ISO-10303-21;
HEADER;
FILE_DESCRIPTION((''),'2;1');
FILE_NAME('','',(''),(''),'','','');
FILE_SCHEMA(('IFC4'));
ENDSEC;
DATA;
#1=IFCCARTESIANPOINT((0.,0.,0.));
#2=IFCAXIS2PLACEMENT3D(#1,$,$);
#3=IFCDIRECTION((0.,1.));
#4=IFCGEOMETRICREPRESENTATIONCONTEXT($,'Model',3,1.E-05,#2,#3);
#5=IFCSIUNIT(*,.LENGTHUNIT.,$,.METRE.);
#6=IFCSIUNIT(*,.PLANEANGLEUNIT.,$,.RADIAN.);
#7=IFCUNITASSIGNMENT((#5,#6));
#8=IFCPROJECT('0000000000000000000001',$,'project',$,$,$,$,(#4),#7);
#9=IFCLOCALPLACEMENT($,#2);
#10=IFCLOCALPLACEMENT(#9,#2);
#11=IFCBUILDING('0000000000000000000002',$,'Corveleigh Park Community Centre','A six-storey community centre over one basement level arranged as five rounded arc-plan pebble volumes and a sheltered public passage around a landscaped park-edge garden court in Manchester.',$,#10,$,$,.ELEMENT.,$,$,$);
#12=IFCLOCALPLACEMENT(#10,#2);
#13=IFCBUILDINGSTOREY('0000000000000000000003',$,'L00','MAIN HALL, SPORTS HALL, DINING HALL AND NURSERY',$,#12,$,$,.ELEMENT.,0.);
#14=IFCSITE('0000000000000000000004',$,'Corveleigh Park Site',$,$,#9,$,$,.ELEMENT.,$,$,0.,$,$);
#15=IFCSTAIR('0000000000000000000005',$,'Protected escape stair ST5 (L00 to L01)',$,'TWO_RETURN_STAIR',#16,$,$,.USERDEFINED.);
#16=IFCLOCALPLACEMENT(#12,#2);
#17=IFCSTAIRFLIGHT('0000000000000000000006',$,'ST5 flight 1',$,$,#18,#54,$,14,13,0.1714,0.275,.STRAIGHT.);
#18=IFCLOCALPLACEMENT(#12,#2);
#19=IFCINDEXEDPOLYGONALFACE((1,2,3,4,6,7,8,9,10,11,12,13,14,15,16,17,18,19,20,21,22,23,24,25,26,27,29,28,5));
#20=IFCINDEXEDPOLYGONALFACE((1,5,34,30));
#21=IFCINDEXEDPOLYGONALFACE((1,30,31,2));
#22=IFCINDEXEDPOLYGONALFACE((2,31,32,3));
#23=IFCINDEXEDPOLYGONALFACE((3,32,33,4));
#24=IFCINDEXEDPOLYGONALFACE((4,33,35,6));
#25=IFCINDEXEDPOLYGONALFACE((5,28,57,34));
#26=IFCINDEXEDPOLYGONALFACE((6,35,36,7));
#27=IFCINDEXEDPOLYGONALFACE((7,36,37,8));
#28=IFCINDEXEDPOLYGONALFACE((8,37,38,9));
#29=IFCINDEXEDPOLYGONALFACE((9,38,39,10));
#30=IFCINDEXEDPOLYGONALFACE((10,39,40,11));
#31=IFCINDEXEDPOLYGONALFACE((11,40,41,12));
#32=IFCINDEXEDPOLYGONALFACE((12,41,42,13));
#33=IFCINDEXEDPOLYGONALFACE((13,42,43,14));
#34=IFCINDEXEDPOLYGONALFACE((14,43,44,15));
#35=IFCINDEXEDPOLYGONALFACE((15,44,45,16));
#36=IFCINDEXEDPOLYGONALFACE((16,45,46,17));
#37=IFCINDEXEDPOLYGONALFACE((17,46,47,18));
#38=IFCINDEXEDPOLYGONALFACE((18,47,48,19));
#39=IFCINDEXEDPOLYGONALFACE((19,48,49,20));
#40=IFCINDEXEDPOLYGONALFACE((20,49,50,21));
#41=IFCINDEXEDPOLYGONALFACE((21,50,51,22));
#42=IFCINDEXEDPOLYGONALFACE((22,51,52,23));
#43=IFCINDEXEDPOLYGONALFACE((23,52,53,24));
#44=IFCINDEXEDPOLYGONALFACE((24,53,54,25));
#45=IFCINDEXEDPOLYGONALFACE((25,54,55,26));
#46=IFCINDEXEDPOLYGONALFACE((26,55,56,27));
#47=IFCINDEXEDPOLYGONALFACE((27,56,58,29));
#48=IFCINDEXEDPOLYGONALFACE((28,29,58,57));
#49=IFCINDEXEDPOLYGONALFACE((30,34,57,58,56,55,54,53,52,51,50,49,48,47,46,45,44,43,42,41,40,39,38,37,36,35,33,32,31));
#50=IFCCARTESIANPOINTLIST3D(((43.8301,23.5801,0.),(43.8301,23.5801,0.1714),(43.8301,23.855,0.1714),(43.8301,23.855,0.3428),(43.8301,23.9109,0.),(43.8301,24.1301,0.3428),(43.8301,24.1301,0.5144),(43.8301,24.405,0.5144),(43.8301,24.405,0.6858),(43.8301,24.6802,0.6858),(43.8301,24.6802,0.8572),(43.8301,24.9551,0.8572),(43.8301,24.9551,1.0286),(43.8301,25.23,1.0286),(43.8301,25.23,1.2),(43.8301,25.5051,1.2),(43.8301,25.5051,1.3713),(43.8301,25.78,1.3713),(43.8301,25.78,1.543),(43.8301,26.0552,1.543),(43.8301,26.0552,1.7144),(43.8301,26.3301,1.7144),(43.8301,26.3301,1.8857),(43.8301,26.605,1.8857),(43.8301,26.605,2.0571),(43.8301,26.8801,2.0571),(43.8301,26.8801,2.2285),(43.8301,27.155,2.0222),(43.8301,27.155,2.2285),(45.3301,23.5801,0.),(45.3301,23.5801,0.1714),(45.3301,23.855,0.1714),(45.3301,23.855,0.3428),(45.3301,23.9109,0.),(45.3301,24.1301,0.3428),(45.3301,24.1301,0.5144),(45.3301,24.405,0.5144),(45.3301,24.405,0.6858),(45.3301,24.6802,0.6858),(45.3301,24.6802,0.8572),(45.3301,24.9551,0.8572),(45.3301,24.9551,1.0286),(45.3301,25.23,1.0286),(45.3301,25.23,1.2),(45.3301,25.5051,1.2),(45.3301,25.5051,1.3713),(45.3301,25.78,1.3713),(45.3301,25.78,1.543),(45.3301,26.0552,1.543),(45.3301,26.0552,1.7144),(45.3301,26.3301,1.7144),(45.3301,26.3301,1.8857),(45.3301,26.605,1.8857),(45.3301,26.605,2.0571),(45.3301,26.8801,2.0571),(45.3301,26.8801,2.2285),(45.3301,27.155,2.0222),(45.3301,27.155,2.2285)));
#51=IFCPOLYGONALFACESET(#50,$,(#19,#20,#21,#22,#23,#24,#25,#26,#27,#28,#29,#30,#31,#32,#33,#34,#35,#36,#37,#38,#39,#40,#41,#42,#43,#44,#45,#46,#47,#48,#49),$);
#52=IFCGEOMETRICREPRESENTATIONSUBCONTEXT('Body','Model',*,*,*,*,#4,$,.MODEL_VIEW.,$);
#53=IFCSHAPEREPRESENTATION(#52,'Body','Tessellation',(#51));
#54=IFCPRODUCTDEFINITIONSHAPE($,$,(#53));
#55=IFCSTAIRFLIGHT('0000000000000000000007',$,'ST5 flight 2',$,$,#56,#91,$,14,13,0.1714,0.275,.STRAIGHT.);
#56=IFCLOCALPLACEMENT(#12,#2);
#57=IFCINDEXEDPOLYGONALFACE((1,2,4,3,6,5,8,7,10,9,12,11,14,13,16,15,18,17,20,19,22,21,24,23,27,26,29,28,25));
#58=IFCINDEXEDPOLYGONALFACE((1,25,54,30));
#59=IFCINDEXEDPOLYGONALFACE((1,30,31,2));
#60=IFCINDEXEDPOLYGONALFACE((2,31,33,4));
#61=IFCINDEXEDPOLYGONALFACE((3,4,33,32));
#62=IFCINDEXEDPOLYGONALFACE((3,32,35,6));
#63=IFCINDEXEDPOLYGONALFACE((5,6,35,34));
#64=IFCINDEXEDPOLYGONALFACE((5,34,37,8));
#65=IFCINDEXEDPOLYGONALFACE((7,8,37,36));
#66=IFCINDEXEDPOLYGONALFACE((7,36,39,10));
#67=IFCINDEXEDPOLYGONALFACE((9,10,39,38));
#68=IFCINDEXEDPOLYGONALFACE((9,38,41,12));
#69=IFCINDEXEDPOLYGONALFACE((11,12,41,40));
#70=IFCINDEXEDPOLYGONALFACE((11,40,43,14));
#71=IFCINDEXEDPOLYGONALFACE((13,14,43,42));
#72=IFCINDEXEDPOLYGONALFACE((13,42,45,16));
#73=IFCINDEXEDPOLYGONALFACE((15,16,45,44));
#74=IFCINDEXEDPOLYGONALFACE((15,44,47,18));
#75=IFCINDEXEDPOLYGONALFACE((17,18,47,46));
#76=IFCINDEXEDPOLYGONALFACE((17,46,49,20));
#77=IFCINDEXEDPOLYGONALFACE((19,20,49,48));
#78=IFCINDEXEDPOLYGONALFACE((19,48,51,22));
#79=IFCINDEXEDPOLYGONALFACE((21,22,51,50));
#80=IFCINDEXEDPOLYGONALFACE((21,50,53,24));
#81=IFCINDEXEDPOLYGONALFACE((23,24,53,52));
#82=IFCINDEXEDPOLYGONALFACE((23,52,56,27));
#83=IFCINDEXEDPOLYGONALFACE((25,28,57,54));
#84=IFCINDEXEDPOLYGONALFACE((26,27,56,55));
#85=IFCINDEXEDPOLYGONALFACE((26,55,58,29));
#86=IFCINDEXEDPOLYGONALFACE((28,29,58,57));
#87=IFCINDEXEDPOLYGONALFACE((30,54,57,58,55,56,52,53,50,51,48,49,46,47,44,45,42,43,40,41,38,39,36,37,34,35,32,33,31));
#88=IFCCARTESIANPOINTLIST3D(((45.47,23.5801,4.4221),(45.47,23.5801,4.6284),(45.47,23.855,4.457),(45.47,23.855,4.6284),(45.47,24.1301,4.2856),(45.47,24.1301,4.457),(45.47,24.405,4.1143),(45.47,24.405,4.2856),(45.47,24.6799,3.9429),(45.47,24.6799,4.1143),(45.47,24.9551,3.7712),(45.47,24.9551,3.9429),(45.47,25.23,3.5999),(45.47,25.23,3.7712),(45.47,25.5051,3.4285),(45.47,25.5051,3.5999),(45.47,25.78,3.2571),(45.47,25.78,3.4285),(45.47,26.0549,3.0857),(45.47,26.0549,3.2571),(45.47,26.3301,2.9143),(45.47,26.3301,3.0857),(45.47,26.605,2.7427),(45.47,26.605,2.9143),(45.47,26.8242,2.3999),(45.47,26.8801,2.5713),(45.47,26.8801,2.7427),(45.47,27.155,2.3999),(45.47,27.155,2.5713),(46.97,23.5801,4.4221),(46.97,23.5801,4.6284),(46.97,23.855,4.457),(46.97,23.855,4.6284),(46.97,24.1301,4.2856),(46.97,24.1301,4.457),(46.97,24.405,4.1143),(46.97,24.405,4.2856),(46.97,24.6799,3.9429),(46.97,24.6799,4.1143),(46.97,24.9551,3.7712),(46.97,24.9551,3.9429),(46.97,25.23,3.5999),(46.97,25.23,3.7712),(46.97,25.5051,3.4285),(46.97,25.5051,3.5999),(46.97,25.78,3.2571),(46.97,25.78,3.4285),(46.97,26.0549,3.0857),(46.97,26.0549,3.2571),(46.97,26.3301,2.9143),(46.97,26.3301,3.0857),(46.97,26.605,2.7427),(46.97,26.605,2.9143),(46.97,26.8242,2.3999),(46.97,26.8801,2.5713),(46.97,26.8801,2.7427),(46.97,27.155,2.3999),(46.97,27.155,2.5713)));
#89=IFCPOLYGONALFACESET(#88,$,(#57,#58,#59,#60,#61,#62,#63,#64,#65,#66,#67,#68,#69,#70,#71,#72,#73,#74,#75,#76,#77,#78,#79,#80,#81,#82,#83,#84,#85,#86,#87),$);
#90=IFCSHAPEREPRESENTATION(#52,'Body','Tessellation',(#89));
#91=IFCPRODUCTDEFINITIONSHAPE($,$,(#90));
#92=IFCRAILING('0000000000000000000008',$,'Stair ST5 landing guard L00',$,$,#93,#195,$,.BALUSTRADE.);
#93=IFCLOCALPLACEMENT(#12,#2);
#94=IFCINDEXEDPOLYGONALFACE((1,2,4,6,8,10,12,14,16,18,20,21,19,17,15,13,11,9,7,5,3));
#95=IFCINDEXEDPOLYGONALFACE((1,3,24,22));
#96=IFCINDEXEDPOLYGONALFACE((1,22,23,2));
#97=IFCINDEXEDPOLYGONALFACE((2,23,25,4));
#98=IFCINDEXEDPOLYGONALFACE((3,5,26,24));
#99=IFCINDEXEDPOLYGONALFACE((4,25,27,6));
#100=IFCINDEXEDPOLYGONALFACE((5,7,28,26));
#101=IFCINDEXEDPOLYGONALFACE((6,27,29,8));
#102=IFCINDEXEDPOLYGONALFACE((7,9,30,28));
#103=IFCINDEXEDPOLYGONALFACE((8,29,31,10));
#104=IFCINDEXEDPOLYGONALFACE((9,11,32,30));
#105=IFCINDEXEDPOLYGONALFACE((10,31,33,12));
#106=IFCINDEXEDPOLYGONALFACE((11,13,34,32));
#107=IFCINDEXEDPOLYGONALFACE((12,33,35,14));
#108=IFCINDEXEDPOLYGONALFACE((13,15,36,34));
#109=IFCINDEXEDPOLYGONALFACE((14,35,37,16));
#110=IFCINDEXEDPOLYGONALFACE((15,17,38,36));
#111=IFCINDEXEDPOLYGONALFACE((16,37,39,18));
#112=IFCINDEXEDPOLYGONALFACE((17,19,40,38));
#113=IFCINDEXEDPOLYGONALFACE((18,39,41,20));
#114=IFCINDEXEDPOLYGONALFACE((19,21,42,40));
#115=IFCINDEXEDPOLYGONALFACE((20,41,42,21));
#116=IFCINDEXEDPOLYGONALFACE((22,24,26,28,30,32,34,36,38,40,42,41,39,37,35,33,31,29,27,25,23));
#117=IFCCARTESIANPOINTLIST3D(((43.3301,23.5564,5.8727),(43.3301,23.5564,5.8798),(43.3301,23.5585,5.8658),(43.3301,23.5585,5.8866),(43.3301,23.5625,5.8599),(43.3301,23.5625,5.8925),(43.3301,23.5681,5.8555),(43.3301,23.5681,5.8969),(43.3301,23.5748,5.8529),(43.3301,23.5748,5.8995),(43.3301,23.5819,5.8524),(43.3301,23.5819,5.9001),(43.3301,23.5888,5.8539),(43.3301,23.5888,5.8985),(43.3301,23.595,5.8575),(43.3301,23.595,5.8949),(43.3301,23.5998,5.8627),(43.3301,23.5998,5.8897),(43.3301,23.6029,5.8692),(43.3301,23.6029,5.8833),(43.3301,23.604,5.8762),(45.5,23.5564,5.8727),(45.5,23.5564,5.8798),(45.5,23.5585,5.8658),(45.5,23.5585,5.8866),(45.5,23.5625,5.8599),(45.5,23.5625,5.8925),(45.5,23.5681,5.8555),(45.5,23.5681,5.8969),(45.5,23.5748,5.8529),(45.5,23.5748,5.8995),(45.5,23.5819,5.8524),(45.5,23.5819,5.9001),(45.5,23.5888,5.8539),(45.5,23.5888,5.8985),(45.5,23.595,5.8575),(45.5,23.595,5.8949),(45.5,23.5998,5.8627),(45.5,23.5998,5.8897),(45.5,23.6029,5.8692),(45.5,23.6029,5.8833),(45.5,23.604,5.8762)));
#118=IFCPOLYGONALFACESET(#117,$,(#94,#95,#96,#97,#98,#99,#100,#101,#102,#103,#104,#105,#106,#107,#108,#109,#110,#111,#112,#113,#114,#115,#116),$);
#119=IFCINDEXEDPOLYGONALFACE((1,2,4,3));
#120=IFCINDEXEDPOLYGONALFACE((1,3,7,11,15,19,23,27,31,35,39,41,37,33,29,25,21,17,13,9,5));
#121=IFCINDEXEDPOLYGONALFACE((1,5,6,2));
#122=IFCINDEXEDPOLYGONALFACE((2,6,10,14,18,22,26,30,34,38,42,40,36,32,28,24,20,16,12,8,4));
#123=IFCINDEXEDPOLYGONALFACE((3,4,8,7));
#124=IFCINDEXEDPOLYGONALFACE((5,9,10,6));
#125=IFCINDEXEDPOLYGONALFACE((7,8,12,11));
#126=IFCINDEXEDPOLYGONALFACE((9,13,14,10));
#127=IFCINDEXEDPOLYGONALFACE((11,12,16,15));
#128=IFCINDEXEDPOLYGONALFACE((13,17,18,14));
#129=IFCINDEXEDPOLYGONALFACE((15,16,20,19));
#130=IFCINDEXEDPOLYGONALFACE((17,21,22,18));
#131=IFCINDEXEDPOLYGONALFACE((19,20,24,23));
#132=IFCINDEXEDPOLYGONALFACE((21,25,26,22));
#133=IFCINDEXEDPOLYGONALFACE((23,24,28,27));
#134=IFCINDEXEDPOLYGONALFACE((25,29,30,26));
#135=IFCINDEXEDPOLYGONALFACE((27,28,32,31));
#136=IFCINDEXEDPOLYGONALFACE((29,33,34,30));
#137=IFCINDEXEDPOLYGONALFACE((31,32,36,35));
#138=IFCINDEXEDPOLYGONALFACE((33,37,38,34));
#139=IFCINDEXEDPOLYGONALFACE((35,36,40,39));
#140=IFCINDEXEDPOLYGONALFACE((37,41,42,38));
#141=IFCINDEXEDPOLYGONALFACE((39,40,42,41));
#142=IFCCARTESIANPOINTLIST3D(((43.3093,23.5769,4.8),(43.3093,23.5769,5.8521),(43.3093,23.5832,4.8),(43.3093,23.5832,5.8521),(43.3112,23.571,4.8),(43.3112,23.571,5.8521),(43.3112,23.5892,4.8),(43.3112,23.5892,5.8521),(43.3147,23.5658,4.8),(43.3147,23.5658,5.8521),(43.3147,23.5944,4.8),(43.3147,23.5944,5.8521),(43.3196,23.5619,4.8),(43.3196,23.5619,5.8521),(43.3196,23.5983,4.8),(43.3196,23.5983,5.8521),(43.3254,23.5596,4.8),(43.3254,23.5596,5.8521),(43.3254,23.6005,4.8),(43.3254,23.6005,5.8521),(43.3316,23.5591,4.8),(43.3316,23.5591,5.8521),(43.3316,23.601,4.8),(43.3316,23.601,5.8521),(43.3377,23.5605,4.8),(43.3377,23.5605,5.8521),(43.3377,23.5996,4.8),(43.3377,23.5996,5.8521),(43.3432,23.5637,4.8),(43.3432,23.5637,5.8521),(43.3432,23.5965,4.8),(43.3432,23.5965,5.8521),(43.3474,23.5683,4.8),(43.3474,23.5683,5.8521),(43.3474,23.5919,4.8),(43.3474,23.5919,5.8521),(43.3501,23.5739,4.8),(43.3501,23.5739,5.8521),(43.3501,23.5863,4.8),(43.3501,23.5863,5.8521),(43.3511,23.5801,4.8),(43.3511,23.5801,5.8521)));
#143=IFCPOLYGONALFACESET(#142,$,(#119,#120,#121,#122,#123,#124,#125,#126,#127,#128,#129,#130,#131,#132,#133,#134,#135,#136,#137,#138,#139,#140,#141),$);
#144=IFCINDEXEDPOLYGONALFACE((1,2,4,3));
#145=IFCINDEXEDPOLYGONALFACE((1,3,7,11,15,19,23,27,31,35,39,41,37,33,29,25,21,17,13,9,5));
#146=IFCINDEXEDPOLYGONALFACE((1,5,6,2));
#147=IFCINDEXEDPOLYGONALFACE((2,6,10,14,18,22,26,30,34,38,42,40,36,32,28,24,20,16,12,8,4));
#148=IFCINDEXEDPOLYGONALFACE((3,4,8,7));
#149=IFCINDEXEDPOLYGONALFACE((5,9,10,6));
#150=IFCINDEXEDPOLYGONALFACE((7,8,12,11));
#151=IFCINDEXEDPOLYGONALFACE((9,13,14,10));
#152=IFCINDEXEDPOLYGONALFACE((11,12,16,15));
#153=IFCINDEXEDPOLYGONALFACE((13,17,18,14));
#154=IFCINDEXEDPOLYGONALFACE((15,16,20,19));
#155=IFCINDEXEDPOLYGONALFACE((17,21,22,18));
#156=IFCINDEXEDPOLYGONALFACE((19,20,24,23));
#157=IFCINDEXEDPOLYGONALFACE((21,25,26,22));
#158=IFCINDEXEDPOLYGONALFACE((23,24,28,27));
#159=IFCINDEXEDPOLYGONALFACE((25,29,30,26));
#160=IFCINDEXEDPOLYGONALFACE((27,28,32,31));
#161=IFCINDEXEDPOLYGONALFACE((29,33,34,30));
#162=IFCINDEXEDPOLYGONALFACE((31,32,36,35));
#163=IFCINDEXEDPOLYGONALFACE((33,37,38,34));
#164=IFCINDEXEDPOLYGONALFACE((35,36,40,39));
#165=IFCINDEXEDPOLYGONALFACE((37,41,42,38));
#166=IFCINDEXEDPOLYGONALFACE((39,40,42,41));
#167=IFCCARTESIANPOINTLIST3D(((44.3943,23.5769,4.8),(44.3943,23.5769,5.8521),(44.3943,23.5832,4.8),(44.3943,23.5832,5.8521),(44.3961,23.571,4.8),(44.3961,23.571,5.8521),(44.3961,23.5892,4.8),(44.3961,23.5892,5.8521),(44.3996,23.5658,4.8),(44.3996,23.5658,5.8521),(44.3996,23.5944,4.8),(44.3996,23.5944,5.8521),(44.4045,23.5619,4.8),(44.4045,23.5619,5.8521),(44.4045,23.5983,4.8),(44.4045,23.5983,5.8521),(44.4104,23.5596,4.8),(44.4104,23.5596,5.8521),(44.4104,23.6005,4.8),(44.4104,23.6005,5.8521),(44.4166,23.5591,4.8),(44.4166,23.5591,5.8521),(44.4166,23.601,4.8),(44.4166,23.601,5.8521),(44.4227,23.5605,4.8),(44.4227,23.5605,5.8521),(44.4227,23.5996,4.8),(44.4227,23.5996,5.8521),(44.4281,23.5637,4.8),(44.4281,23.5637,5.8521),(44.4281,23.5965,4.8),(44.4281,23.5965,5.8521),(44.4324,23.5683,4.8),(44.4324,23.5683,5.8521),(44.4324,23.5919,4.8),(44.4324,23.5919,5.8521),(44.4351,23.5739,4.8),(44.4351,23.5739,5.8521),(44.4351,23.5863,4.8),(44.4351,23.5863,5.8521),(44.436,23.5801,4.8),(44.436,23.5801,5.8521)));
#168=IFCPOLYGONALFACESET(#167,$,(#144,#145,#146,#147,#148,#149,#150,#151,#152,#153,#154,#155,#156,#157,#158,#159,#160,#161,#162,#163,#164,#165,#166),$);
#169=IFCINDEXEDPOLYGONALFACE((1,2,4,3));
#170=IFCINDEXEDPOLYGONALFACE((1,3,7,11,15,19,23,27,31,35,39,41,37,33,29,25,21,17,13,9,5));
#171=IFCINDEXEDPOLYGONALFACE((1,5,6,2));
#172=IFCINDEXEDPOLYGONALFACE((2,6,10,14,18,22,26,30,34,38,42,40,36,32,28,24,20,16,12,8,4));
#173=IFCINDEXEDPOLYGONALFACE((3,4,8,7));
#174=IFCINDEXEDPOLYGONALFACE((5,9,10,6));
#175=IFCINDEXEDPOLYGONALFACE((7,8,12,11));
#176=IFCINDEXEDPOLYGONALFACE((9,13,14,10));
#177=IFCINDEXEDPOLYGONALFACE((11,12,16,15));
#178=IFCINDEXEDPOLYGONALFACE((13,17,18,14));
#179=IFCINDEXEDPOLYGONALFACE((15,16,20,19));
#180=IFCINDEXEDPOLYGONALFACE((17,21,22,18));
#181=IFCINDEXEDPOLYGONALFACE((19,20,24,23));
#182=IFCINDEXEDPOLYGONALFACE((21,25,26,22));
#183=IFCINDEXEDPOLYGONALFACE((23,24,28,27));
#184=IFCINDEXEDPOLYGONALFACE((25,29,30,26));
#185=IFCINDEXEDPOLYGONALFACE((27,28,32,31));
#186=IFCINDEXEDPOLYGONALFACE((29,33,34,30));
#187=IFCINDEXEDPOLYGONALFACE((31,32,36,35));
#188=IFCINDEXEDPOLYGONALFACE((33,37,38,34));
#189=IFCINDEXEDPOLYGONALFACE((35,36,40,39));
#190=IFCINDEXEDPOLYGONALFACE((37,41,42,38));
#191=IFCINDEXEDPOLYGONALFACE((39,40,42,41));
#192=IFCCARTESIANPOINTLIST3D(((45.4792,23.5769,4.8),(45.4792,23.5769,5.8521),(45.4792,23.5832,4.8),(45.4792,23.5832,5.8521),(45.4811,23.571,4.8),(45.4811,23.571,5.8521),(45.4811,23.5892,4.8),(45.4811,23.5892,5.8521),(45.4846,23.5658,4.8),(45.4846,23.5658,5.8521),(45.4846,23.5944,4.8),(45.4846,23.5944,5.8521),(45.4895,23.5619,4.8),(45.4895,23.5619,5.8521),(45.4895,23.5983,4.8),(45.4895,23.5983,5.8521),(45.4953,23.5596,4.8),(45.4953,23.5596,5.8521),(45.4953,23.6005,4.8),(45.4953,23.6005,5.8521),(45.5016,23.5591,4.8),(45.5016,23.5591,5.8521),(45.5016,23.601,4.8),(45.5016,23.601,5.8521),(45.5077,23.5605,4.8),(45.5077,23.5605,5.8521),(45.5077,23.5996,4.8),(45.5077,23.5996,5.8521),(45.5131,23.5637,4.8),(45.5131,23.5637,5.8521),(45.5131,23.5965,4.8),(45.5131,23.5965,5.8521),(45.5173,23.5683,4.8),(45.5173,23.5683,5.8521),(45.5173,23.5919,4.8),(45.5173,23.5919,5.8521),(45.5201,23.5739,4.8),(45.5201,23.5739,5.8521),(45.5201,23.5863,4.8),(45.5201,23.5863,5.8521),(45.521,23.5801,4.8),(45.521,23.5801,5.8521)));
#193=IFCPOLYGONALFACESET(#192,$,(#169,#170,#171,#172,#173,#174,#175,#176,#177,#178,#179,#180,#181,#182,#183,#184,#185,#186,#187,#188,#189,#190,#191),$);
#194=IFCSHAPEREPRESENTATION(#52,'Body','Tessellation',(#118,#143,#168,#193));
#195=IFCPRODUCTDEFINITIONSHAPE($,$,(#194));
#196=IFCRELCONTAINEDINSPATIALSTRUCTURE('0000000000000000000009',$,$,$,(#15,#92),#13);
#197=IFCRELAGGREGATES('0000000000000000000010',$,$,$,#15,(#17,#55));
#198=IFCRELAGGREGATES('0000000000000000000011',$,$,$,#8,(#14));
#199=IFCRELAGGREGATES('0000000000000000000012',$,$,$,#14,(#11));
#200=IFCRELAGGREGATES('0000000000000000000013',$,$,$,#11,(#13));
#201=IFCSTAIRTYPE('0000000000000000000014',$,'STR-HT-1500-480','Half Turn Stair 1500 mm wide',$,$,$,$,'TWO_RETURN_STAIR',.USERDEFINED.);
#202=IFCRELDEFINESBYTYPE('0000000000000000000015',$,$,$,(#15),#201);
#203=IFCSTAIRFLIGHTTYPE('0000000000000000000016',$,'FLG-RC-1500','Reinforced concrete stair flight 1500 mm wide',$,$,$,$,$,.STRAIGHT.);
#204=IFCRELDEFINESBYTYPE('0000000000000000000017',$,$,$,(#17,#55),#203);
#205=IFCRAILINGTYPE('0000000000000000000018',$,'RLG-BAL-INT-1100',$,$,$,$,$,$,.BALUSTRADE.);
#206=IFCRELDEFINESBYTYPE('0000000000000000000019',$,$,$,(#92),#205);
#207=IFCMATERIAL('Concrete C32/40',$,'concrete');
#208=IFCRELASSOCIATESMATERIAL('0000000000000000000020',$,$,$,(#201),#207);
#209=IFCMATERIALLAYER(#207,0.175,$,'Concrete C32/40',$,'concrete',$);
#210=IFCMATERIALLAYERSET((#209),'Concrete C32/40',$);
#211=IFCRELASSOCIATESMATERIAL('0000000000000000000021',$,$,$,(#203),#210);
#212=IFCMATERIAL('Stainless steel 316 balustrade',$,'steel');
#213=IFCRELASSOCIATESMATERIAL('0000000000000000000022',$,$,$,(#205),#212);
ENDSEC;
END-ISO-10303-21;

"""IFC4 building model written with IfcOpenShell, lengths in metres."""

from ifc_helpers import new_model, si_unit, direction, frame, origin, origin_2d, place, context, subcontext, project, spatial, polyline, circle, outline, extrude, material, layer, layer_set, type_object, element, aggregate, save


model = new_model("IFC4")

# Units and contexts
model_context = context("Model", 3, precision=1e-05, world=origin(), true_north=direction((0.0, 1.0)))
body_context = subcontext(model_context, "Body", "Model", "MODEL_VIEW")
ifc_project = project(units=[si_unit("LENGTHUNIT", "METRE"), si_unit("PLANEANGLEUNIT", "RADIAN")], contexts=[model_context])

# Site, building, storey
site_placement = place(None, origin())
site = spatial("IfcSite", under=ifc_project, at=site_placement, Name="Corveleigh Park Site", CompositionType="ELEMENT", RefElevation=0.0)
building_placement = place(site_placement, origin())
building = spatial("IfcBuilding", under=site, at=building_placement, Name="Corveleigh Park Community Centre", Description="A six-storey community centre over one basement level arranged as five rounded arc-plan pebble volumes and a sheltered public passage around a landscaped park-edge garden court in Manchester.", CompositionType="ELEMENT")
storey_placement = place(building_placement, origin())
storey = spatial("IfcBuildingStorey", under=building, at=storey_placement, Name="L00", Description="MAIN HALL, SPORTS HALL, DINING HALL AND NURSERY", CompositionType="ELEMENT", Elevation=0.0)

# Stair, stair flights
ifc_material_1 = material(Name="Concrete C32/40", Category="concrete")
stair_type = type_object("IfcStairType", Name="STR-HT-1500-480", Description="Half Turn Stair 1500 mm wide", ElementType="TWO_RETURN_STAIR", PredefinedType="USERDEFINED", material=ifc_material_1)
stair_placement = place(storey_placement, origin())
stair = element("IfcStair", 1, at=stair_placement, inside=storey, type_object=stair_type, Name="Protected escape stair ST5 (L00 to L01)", ObjectType="TWO_RETURN_STAIR", PredefinedType="USERDEFINED")
ifc_layer_1 = layer(ifc_material_1, 0.175, Name="Concrete C32/40", Category="concrete")
ifc_layer_set_1 = layer_set([ifc_layer_1], Name="Concrete C32/40")
stair_flight_type = type_object("IfcStairFlightType", Name="FLG-RC-1500", Description="Reinforced concrete stair flight 1500 mm wide", PredefinedType="STRAIGHT", material=ifc_layer_set_1)
stair_flight_1_placement = place(storey_placement, frame((44.5801, 23.5801, 0.0), z_axis=(0.0, 0.0, 1.0), x_axis=(0.0, 1.0, 0.0)))
stair_flight_1 = element("IfcStairFlight", 2, at=stair_flight_1_placement, type_object=stair_flight_type, Name="ST5 flight 1", NumberOfRisers=14, NumberOfTreads=13, PredefinedType="STRAIGHT", RiserHeight=0.1714, TreadLength=0.275, context=body_context, shape_type="SweptSolid", body=[
    extrude(outline(polyline([(0.0, 0.0), (0.0, 0.1714), (0.2749, 0.1714), (0.2749, 0.3428), (0.55, 0.3428), (0.55, 0.5144), (0.825, 0.5144), (0.825, 0.6858), (1.1001, 0.6858), (1.1001, 0.8572), (1.375, 0.8572), (1.375, 1.0286), (1.6499, 1.0286), (1.6499, 1.2), (1.925, 1.2), (1.925, 1.3713), (2.2, 1.3713), (2.2, 1.543), (2.4751, 1.543), (2.4751, 1.7144), (2.75, 1.7144), (2.75, 1.8857), (3.0249, 1.8857), (3.0249, 2.0571), (3.3, 2.0571), (3.3, 2.2285), (3.575, 2.2285), (3.575, 2.3999), (3.575, 2.0222), (0.3308, 0.0), (0.0, 0.0)])), frame((0.0, 0.75, 0.0), z_axis=(0.0, -1.0, 0.0), x_axis=(1.0, 0.0, 0.0)), (0.0, 0.0, 1.0), 1.5),
])
stair_flight_2_placement = place(storey_placement, frame((46.22, 27.155, 2.3999), z_axis=(0.0, 0.0, 1.0), x_axis=(0.0, -1.0, 0.0)))
stair_flight_2 = element("IfcStairFlight", 3, at=stair_flight_2_placement, type_object=stair_flight_type, Name="ST5 flight 2", NumberOfRisers=14, NumberOfTreads=13, PredefinedType="STRAIGHT", RiserHeight=0.1714, TreadLength=0.275, context=body_context, shape_type="SweptSolid", body=[
    extrude(outline(polyline([(0.0, 0.0), (0.0, 0.1714), (0.2749, 0.1714), (0.2749, 0.3428), (0.55, 0.3428), (0.55, 0.5144), (0.825, 0.5144), (0.825, 0.6858), (1.1001, 0.6858), (1.1001, 0.8572), (1.375, 0.8572), (1.375, 1.0286), (1.6499, 1.0286), (1.6499, 1.2), (1.925, 1.2), (1.925, 1.3713), (2.2, 1.3713), (2.2, 1.543), (2.4751, 1.543), (2.4751, 1.7144), (2.75, 1.7144), (2.75, 1.8857), (3.0249, 1.8857), (3.0249, 2.0571), (3.3, 2.0571), (3.3, 2.2285), (3.575, 2.2285), (3.575, 2.3999), (3.575, 2.0222), (0.3308, 0.0), (0.0, 0.0)])), frame((0.0, 0.75, 0.0), z_axis=(0.0, -1.0, 0.0), x_axis=(1.0, 0.0, 0.0)), (0.0, 0.0, 1.0), 1.5),
])
aggregate(stair, [stair_flight_1, stair_flight_2])

# Railing
ifc_material_2 = material(Name="Stainless steel 316 balustrade", Category="steel")
railing_type = type_object("IfcRailingType", Name="RLG-BAL-INT-1100", PredefinedType="BALUSTRADE", material=ifc_material_2)
railing_1_placement = place(storey_placement, frame((43.3301, 23.5801, 4.8)))
element("IfcRailing", 4, at=railing_1_placement, inside=storey, type_object=railing_type, Name="Stair ST5 landing guard L00", PredefinedType="BALUSTRADE", context=body_context, shape_type="SweptSolid", body=[
    extrude(circle(Radius=0.0239, at=origin_2d()), frame((0.0, 0.0, 1.0762), z_axis=(1.0, 0.0, 0.0), x_axis=(0.0, 1.0, 0.0)), (0.0, 0.0, 1.0), 2.1699),
    extrude(circle(Radius=0.021, at=origin_2d()), origin(), (0.0, 0.0, 1.0), 1.052),
    extrude(circle(Radius=0.021, at=origin_2d()), frame((1.085, 0.0, 0.0)), (0.0, 0.0, 1.0), 1.052),
    extrude(circle(Radius=0.021, at=origin_2d()), frame((2.1699, 0.0, 0.0)), (0.0, 0.0, 1.0), 1.052),
])

save(model, "model.ifc")
